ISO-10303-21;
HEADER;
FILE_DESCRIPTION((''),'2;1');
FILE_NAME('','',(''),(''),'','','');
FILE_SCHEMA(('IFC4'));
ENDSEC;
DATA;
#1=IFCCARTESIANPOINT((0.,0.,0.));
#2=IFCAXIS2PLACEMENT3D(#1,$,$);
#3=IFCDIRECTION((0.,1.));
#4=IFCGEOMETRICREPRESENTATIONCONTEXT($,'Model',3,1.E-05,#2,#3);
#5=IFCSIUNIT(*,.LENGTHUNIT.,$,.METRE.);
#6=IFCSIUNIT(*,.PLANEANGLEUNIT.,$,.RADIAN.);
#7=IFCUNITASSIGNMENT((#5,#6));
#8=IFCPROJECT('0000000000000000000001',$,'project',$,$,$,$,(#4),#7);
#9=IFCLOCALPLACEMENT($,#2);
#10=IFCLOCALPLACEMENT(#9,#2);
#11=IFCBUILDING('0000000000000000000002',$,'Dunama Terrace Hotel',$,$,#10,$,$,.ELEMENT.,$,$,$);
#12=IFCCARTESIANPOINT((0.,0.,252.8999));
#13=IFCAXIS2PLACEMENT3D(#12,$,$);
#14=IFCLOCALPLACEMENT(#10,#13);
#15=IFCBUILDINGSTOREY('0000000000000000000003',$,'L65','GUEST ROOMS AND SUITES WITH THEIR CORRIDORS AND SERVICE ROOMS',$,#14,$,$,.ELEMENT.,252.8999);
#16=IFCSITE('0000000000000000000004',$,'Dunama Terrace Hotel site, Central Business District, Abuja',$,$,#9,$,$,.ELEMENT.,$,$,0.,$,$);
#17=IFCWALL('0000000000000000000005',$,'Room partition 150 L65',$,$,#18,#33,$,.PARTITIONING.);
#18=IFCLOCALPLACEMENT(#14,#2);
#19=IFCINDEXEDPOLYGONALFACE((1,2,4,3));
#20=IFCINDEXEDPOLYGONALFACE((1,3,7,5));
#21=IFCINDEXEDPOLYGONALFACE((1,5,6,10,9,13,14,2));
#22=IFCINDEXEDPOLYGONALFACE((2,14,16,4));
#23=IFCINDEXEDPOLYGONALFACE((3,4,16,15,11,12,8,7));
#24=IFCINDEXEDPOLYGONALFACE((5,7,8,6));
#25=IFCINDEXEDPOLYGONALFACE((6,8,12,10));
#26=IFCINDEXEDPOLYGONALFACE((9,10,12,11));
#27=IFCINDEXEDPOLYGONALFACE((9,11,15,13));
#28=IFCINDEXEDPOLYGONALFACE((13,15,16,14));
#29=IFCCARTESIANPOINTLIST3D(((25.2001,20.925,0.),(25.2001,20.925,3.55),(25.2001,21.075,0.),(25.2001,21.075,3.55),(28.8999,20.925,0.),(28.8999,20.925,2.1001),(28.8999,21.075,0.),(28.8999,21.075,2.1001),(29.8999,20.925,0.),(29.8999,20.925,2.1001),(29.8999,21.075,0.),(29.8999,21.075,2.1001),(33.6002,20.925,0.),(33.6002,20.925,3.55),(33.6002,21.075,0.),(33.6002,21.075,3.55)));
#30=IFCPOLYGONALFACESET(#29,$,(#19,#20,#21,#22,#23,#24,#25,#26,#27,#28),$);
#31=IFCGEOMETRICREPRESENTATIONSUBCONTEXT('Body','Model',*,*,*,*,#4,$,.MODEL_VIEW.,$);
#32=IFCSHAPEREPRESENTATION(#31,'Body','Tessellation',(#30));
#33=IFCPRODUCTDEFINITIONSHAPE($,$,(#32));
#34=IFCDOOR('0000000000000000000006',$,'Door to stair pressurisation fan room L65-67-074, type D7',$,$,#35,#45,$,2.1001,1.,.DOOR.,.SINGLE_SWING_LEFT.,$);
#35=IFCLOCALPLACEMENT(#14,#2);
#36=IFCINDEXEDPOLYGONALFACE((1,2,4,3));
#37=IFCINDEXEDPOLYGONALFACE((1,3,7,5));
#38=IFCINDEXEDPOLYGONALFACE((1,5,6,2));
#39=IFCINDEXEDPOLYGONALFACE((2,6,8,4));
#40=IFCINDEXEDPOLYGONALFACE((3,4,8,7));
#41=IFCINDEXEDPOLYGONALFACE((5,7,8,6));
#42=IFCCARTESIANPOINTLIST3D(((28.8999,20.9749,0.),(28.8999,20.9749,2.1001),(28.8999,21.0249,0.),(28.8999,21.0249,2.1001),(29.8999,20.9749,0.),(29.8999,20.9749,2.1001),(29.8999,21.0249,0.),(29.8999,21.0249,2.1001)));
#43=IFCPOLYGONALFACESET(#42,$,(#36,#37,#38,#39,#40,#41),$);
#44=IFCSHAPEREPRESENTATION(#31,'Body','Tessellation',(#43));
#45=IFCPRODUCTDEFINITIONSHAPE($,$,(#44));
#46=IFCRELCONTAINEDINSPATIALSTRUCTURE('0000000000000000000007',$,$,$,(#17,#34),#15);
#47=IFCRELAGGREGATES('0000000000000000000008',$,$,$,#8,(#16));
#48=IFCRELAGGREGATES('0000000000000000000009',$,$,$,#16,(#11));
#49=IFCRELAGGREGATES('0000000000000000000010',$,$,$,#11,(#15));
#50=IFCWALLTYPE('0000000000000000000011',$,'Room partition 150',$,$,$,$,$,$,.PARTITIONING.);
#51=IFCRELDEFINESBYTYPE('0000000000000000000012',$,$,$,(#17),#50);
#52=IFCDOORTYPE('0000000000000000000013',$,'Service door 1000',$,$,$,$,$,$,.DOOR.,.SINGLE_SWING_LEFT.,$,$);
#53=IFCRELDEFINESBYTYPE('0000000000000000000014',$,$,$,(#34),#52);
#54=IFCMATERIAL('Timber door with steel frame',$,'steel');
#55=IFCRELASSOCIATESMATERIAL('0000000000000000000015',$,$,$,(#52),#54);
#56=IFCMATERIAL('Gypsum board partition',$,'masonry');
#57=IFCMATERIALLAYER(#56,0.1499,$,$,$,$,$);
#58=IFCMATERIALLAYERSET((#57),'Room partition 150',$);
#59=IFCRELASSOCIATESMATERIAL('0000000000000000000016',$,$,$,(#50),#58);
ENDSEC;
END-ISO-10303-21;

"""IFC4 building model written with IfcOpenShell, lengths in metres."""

from ifc_helpers import new_model, si_unit, direction, frame, frame_2d, origin, place, context, subcontext, project, spatial, rectangle, extrude, material, layer, layer_set, type_object, element, fill, save


model = new_model("IFC4")

# Units and contexts
model_context = context("Model", 3, precision=1e-05, world=origin(), true_north=direction((0.0, 1.0)))
body_context = subcontext(model_context, "Body", "Model", "MODEL_VIEW")
ifc_project = project(units=[si_unit("LENGTHUNIT", "METRE"), si_unit("PLANEANGLEUNIT", "RADIAN")], contexts=[model_context])

# Site, building, storey
site_placement = place(None, origin())
site = spatial("IfcSite", under=ifc_project, at=site_placement, Name="Dunama Terrace Hotel site, Central Business District, Abuja", CompositionType="ELEMENT", RefElevation=0.0)
building_placement = place(site_placement, origin())
building = spatial("IfcBuilding", under=site, at=building_placement, Name="Dunama Terrace Hotel", CompositionType="ELEMENT")
storey_placement = place(building_placement, frame((0.0, 0.0, 252.8999)))
storey = spatial("IfcBuildingStorey", under=building, at=storey_placement, Name="L65", Description="GUEST ROOMS AND SUITES WITH THEIR CORRIDORS AND SERVICE ROOMS", CompositionType="ELEMENT", Elevation=252.8999)

# Shared definitions
ifc_material_1 = material(Name="Timber door with steel frame", Category="steel")
door_type_1 = type_object("IfcDoorType", Name="Service door 1000", OperationType="SINGLE_SWING_LEFT", PredefinedType="DOOR", material=ifc_material_1)
ifc_material_2 = material(Name="Gypsum board partition", Category="masonry")
ifc_layer_1 = layer(ifc_material_2, 0.1499)
ifc_layer_set_1 = layer_set([ifc_layer_1], Name="Room partition 150")
wall_type_1 = type_object("IfcWallType", Name="Room partition 150", PredefinedType="PARTITIONING", material=ifc_layer_set_1)

# Wall, opening, door
wall_1_placement = place(storey_placement, frame((25.2, 21.0, 0.0), z_axis=(0.0, 0.0, 1.0), x_axis=(1.0, 0.0, 0.0)))
wall_1 = element("IfcWall", 1, at=wall_1_placement, inside=storey, type_object=wall_type_1, Name="Room partition 150 L65", PredefinedType="PARTITIONING", context=body_context, shape_type="SweptSolid", body=[
    extrude(rectangle(XDim=8.4001, YDim=0.1499, at=frame_2d((4.2002, 0.0))), origin(), (0.0, 0.0, 1.0), 3.55),
])
opening_1_placement = place(wall_1_placement, frame((3.7, 0.0, 0.0)))
opening_1 = element("IfcOpeningElement", 2, at=opening_1_placement, cuts=wall_1, PredefinedType="OPENING", context=body_context, shape_type="SweptSolid", body=[
    extrude(rectangle(XDim=1.0, YDim=2.1001, at=frame_2d((0.5, 1.05))), frame((0.0, 0.085, 0.0), z_axis=(0.0, -1.0, 0.0), x_axis=(1.0, 0.0, 0.0)), (0.0, 0.0, 1.0), 0.1699),
])
door_1_placement = place(opening_1_placement, origin())
door_1 = element("IfcDoor", 3, at=door_1_placement, inside=storey, type_object=door_type_1, Name="Door to stair pressurisation fan room L65-67-074, type D7", OperationType="SINGLE_SWING_LEFT", OverallHeight=2.1001, OverallWidth=1.0, PredefinedType="DOOR", context=body_context, shape_type="SweptSolid", body=[
    extrude(rectangle(XDim=1.0, YDim=2.1001, at=frame_2d((0.5, 1.05))), frame((0.0, 0.0249, 0.0), z_axis=(0.0, -1.0, 0.0), x_axis=(1.0, 0.0, 0.0)), (0.0, 0.0, 1.0), 0.05),
])
fill(opening_1, door_1)

save(model, "model.ifc")
